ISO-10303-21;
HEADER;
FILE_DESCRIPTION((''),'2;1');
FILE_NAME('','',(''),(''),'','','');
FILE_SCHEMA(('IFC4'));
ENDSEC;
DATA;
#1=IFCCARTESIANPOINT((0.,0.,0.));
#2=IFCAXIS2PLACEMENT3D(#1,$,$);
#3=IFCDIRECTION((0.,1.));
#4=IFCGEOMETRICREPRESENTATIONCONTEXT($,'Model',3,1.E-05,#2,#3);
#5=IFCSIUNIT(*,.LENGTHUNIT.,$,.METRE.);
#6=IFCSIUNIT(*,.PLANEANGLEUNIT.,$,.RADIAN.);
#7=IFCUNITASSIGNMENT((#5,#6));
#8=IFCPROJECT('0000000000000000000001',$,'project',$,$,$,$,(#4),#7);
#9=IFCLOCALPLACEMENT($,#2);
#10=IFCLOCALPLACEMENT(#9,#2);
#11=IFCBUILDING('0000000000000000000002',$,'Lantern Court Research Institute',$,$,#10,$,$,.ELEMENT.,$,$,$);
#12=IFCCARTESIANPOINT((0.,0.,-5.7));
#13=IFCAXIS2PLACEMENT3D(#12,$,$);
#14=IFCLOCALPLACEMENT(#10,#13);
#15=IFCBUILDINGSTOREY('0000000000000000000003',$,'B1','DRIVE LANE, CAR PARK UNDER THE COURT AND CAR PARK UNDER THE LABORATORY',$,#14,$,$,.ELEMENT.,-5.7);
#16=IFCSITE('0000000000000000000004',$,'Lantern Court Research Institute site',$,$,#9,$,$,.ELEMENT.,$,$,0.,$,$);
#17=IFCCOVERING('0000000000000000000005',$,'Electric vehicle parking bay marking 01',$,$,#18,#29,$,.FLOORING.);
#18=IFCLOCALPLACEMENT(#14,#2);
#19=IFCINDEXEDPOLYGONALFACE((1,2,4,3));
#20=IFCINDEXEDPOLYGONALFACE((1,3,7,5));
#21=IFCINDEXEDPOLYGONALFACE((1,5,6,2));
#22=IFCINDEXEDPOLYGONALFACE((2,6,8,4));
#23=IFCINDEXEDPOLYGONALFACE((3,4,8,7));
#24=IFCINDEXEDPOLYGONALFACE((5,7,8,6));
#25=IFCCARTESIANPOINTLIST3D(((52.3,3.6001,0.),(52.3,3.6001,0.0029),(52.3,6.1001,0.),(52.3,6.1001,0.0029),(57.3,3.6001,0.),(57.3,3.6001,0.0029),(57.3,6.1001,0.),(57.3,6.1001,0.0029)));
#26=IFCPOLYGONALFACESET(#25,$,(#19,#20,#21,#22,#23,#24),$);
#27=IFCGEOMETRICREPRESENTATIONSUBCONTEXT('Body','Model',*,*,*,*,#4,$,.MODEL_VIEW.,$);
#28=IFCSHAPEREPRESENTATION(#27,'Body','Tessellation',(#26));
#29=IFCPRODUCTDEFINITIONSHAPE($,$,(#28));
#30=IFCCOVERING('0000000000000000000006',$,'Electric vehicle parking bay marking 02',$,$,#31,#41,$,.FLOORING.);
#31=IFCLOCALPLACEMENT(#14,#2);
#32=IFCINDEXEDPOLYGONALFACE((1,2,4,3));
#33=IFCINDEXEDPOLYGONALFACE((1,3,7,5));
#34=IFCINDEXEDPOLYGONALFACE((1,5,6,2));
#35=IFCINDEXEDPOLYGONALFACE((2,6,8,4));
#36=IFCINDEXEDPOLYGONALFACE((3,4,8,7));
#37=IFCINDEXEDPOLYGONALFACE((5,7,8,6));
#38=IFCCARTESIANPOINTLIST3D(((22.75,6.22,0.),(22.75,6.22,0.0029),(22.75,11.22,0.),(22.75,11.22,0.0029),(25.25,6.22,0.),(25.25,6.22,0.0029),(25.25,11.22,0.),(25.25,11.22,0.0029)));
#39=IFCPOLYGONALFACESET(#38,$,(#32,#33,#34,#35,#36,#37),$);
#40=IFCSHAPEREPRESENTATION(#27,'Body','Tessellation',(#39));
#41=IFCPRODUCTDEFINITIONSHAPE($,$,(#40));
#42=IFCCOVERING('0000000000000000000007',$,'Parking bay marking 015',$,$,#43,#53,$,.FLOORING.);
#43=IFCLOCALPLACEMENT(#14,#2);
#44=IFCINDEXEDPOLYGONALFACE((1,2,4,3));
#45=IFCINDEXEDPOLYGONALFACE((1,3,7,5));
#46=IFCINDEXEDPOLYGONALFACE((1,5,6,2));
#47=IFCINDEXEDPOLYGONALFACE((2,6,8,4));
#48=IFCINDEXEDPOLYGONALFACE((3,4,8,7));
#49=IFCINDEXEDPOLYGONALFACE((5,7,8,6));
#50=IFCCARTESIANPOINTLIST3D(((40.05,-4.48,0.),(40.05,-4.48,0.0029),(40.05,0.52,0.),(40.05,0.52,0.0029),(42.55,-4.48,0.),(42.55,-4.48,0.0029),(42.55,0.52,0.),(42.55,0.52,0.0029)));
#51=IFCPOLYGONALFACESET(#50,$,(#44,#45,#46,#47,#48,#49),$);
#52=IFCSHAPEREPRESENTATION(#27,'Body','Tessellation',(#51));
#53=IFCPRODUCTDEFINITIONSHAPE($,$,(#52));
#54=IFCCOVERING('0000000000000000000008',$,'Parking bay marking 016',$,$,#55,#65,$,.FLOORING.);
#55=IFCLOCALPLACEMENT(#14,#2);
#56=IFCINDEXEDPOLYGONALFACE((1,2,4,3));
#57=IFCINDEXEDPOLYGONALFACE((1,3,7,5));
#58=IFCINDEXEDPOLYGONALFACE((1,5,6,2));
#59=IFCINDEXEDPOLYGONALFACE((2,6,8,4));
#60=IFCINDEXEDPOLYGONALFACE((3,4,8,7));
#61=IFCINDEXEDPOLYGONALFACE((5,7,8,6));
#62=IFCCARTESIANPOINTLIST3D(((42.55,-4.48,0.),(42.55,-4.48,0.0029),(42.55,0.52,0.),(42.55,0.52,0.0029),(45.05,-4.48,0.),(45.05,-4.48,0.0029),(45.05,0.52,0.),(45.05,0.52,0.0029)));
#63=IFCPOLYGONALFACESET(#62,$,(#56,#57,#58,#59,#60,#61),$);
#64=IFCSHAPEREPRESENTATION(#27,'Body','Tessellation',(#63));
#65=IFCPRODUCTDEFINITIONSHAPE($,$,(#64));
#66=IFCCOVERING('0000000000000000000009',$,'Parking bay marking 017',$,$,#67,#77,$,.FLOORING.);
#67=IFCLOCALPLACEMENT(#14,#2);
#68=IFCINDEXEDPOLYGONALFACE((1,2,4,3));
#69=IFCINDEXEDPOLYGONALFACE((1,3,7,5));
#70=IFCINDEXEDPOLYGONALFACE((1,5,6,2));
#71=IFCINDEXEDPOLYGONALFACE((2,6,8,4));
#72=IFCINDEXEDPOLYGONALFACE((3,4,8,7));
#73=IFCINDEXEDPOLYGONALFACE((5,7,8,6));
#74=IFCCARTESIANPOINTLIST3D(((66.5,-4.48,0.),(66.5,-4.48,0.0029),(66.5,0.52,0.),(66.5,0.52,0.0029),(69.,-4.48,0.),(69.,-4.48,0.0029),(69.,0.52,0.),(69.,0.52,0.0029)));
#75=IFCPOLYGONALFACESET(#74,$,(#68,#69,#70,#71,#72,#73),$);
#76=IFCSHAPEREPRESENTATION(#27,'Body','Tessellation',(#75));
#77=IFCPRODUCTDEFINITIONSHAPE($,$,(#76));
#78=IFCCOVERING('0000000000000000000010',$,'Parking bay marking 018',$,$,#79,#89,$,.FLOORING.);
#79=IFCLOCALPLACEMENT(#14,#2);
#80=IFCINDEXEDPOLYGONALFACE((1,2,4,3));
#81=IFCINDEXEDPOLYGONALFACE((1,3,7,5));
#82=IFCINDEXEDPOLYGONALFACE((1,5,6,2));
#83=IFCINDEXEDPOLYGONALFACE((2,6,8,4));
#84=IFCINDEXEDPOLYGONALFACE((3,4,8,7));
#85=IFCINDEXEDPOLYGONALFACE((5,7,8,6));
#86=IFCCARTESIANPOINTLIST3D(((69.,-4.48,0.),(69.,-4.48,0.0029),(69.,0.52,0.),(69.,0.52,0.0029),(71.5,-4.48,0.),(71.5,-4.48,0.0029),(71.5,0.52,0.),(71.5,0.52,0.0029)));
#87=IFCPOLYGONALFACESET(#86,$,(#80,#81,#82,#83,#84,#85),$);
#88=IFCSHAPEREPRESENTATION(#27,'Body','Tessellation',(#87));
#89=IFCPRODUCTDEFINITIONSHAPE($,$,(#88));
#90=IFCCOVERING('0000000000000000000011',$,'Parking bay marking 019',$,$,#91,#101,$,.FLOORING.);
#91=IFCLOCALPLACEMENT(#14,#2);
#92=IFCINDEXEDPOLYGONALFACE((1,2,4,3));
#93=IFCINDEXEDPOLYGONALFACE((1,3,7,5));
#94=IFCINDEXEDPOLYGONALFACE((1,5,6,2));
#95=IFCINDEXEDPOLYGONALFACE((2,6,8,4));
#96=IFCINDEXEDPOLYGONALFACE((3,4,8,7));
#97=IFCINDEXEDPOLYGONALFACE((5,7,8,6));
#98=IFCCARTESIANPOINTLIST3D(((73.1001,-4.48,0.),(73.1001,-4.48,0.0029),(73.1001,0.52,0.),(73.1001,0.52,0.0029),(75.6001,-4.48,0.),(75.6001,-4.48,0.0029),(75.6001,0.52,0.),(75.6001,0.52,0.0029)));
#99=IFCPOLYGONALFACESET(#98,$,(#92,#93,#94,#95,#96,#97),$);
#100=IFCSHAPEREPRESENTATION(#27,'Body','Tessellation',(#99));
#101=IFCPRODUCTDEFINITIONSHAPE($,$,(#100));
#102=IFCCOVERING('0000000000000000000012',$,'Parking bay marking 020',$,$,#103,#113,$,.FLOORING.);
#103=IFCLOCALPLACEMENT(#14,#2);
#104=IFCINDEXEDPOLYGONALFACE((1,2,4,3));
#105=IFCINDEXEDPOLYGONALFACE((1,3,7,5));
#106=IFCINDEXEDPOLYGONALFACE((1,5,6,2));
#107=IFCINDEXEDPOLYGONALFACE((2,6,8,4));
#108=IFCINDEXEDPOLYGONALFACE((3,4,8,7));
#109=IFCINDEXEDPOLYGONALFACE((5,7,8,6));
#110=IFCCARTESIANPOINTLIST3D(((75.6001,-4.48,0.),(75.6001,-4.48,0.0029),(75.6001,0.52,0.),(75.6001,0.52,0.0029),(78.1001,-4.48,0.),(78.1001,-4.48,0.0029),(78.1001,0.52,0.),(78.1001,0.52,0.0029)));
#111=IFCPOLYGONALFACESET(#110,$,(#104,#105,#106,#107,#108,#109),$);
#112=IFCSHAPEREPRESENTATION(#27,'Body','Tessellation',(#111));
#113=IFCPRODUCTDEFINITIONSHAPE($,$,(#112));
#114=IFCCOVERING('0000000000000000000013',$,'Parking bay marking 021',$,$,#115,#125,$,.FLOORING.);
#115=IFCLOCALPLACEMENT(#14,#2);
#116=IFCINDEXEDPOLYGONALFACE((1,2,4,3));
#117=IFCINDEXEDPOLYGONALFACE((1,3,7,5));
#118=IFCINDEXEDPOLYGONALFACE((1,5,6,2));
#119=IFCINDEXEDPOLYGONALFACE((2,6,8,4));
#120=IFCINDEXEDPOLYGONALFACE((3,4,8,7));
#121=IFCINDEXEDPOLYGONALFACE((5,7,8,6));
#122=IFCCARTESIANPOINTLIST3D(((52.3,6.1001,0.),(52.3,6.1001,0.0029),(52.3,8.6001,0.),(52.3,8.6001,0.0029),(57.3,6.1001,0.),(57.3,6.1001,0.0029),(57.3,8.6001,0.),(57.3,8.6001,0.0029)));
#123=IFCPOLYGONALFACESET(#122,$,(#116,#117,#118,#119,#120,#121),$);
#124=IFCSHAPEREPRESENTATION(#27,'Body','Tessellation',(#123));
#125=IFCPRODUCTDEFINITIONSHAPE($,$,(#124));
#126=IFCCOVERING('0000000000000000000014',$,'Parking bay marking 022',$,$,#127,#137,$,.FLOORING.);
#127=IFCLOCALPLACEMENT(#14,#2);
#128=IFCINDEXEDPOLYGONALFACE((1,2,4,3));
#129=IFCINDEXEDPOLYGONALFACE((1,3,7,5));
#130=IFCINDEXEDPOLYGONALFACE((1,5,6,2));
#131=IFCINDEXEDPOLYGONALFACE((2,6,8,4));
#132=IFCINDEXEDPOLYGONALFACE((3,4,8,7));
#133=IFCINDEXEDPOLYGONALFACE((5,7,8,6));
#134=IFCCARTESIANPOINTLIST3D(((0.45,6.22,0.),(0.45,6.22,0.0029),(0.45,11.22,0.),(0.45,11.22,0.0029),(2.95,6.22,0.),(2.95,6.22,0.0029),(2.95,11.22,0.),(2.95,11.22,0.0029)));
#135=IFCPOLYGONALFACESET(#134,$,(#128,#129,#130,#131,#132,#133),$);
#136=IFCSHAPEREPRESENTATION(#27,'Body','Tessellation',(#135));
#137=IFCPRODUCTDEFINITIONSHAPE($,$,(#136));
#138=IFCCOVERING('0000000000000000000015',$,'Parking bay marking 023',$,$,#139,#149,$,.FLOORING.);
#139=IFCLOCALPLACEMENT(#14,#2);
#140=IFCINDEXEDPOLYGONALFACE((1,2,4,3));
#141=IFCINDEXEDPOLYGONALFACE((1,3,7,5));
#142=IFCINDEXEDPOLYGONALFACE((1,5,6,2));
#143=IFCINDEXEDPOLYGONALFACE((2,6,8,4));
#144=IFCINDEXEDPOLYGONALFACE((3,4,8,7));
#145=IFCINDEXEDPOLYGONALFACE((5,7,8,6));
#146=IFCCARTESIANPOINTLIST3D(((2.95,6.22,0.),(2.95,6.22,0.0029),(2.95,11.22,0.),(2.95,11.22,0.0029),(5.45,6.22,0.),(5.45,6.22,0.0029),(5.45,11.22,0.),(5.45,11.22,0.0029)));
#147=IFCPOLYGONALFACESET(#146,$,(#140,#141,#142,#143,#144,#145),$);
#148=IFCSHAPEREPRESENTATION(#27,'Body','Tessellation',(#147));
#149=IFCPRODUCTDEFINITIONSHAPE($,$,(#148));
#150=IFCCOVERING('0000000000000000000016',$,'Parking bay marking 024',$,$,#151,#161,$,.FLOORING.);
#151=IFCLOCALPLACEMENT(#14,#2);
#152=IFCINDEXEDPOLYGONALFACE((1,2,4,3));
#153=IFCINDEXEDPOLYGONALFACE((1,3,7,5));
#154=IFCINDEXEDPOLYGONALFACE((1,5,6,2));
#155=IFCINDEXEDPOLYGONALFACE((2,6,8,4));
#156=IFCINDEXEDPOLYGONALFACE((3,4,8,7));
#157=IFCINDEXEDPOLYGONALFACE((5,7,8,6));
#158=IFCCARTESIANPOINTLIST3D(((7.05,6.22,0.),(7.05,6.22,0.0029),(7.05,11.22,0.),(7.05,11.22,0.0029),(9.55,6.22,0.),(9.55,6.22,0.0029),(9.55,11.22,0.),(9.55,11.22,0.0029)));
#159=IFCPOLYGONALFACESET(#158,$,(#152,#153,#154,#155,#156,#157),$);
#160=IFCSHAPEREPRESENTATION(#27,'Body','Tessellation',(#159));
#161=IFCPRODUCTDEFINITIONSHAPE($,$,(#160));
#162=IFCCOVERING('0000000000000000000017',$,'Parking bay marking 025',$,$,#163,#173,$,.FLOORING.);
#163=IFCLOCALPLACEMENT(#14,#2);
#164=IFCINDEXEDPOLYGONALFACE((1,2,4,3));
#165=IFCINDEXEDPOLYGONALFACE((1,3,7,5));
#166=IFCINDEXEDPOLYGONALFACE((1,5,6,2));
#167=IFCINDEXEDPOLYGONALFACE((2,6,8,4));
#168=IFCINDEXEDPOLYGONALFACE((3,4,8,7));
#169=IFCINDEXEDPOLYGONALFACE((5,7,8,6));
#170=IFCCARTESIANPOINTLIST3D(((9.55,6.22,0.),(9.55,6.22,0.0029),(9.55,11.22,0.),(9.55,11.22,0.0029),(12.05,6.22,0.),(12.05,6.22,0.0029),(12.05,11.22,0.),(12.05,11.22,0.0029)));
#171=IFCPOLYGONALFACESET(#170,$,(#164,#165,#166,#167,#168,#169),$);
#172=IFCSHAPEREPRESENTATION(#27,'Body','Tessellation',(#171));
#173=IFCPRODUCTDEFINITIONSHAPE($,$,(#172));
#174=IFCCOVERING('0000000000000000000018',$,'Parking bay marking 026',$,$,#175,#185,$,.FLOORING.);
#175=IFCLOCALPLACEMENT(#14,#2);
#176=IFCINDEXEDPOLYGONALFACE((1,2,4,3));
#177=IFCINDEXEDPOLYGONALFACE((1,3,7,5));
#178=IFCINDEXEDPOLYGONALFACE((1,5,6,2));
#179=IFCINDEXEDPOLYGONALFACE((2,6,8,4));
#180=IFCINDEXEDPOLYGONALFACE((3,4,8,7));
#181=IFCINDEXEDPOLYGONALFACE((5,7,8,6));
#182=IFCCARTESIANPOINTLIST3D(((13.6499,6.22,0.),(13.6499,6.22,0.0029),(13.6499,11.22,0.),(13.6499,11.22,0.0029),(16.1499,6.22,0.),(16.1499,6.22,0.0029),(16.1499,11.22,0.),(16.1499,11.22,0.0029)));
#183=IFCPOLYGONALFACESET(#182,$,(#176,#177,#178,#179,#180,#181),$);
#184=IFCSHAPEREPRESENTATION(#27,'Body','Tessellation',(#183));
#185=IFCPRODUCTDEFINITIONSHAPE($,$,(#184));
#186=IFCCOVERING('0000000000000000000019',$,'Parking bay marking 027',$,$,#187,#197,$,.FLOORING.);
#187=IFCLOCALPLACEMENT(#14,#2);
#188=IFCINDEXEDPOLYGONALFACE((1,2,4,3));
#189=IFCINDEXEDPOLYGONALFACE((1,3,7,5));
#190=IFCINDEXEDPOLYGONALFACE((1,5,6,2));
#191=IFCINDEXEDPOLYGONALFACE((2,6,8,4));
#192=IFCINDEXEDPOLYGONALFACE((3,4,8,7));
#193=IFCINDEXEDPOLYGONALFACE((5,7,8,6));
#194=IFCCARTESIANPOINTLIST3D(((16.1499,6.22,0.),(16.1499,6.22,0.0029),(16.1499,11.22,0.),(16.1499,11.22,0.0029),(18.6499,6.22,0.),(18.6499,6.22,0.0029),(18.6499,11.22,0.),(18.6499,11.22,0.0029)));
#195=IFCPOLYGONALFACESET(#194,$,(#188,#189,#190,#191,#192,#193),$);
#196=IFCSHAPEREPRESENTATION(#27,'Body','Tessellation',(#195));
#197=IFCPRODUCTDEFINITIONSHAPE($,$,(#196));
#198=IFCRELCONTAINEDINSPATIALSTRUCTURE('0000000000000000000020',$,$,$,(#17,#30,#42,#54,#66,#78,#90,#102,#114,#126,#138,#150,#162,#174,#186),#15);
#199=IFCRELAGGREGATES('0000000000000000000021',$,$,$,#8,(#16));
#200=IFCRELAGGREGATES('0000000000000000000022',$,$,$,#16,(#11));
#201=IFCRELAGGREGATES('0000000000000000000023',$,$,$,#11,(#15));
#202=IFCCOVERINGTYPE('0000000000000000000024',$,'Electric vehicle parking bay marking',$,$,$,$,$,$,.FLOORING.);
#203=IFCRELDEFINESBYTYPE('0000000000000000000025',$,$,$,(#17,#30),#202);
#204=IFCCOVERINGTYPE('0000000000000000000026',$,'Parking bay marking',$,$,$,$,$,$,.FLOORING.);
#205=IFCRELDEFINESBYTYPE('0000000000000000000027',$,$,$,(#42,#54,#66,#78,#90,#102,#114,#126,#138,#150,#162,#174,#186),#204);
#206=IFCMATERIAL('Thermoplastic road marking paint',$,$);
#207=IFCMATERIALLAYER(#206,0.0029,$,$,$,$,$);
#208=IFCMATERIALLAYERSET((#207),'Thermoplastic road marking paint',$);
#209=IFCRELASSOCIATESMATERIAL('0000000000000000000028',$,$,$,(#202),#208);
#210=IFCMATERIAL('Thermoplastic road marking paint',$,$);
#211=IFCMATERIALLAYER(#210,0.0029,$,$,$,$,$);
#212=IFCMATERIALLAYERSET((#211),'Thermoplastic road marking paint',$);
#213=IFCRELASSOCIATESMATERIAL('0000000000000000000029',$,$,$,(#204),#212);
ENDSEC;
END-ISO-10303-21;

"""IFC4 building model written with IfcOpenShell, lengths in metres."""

from ifc_helpers import new_model, si_unit, direction, frame, origin, place, context, subcontext, project, spatial, polyline, outline, extrude, material, layer, layer_set, type_object, element, save


model = new_model("IFC4")

# Units and contexts
model_context = context("Model", 3, precision=1e-05, world=origin(), true_north=direction((0.0, 1.0)))
body_context = subcontext(model_context, "Body", "Model", "MODEL_VIEW")
ifc_project = project(units=[si_unit("LENGTHUNIT", "METRE"), si_unit("PLANEANGLEUNIT", "RADIAN")], contexts=[model_context])

# Site, building, storey
site_placement = place(None, origin())
site = spatial("IfcSite", under=ifc_project, at=site_placement, Name="Lantern Court Research Institute site", CompositionType="ELEMENT", RefElevation=0.0)
building_placement = place(site_placement, origin())
building = spatial("IfcBuilding", under=site, at=building_placement, Name="Lantern Court Research Institute", CompositionType="ELEMENT")
storey_placement = place(building_placement, frame((0.0, 0.0, -5.7)))
storey = spatial("IfcBuildingStorey", under=building, at=storey_placement, Name="B1", Description="DRIVE LANE, CAR PARK UNDER THE COURT AND CAR PARK UNDER THE LABORATORY", CompositionType="ELEMENT", Elevation=-5.7)

# Coverings
ifc_material_1 = material(Name="Thermoplastic road marking paint")
ifc_layer_1 = layer(ifc_material_1, 0.0029)
ifc_layer_set_1 = layer_set([ifc_layer_1], Name="Thermoplastic road marking paint")
covering_type_1 = type_object("IfcCoveringType", Name="Electric vehicle parking bay marking", PredefinedType="FLOORING", material=ifc_layer_set_1)
covering_1_placement = place(storey_placement, origin())
element("IfcCovering", 1, at=covering_1_placement, inside=storey, type_object=covering_type_1, Name="Electric vehicle parking bay marking 01", PredefinedType="FLOORING", context=body_context, shape_type="SweptSolid", body=[
    extrude(outline(polyline([(52.3, 3.6001), (57.3, 3.6001), (57.3, 6.1001), (52.3, 6.1001), (52.3, 3.6001)])), origin(), (0.0, 0.0, 1.0), 0.0029),
])
covering_2_placement = place(storey_placement, origin())
element("IfcCovering", 2, at=covering_2_placement, inside=storey, type_object=covering_type_1, Name="Electric vehicle parking bay marking 02", PredefinedType="FLOORING", context=body_context, shape_type="SweptSolid", body=[
    extrude(outline(polyline([(22.75, 6.22), (25.25, 6.22), (25.25, 11.22), (22.75, 11.22), (22.75, 6.22)])), origin(), (0.0, 0.0, 1.0), 0.0029),
])
ifc_material_2 = material(Name="Thermoplastic road marking paint")
ifc_layer_2 = layer(ifc_material_2, 0.0029)
ifc_layer_set_2 = layer_set([ifc_layer_2], Name="Thermoplastic road marking paint")
covering_type_2 = type_object("IfcCoveringType", Name="Parking bay marking", PredefinedType="FLOORING", material=ifc_layer_set_2)
covering_3_placement = place(storey_placement, origin())
element("IfcCovering", 3, at=covering_3_placement, inside=storey, type_object=covering_type_2, Name="Parking bay marking 015", PredefinedType="FLOORING", context=body_context, shape_type="SweptSolid", body=[
    extrude(outline(polyline([(40.05, -4.48), (42.55, -4.48), (42.55, 0.52), (40.05, 0.52), (40.05, -4.48)])), origin(), (0.0, 0.0, 1.0), 0.0029),
])
covering_4_placement = place(storey_placement, origin())
element("IfcCovering", 4, at=covering_4_placement, inside=storey, type_object=covering_type_2, Name="Parking bay marking 016", PredefinedType="FLOORING", context=body_context, shape_type="SweptSolid", body=[
    extrude(outline(polyline([(42.55, -4.48), (45.05, -4.48), (45.05, 0.52), (42.55, 0.52), (42.55, -4.48)])), origin(), (0.0, 0.0, 1.0), 0.0029),
])
covering_5_placement = place(storey_placement, origin())
element("IfcCovering", 5, at=covering_5_placement, inside=storey, type_object=covering_type_2, Name="Parking bay marking 017", PredefinedType="FLOORING", context=body_context, shape_type="SweptSolid", body=[
    extrude(outline(polyline([(66.5, -4.48), (69.0, -4.48), (69.0, 0.52), (66.5, 0.52), (66.5, -4.48)])), origin(), (0.0, 0.0, 1.0), 0.0029),
])
covering_6_placement = place(storey_placement, origin())
element("IfcCovering", 6, at=covering_6_placement, inside=storey, type_object=covering_type_2, Name="Parking bay marking 018", PredefinedType="FLOORING", context=body_context, shape_type="SweptSolid", body=[
    extrude(outline(polyline([(69.0, -4.48), (71.5, -4.48), (71.5, 0.52), (69.0, 0.52), (69.0, -4.48)])), origin(), (0.0, 0.0, 1.0), 0.0029),
])
covering_7_placement = place(storey_placement, origin())
element("IfcCovering", 7, at=covering_7_placement, inside=storey, type_object=covering_type_2, Name="Parking bay marking 019", PredefinedType="FLOORING", context=body_context, shape_type="SweptSolid", body=[
    extrude(outline(polyline([(73.1001, -4.48), (75.6001, -4.48), (75.6001, 0.52), (73.1001, 0.52), (73.1001, -4.48)])), origin(), (0.0, 0.0, 1.0), 0.0029),
])
covering_8_placement = place(storey_placement, origin())
element("IfcCovering", 8, at=covering_8_placement, inside=storey, type_object=covering_type_2, Name="Parking bay marking 020", PredefinedType="FLOORING", context=body_context, shape_type="SweptSolid", body=[
    extrude(outline(polyline([(75.6001, -4.48), (78.1001, -4.48), (78.1001, 0.52), (75.6001, 0.52), (75.6001, -4.48)])), origin(), (0.0, 0.0, 1.0), 0.0029),
])
covering_9_placement = place(storey_placement, origin())
element("IfcCovering", 9, at=covering_9_placement, inside=storey, type_object=covering_type_2, Name="Parking bay marking 021", PredefinedType="FLOORING", context=body_context, shape_type="SweptSolid", body=[
    extrude(outline(polyline([(52.3, 6.1001), (57.3, 6.1001), (57.3, 8.6001), (52.3, 8.6001), (52.3, 6.1001)])), origin(), (0.0, 0.0, 1.0), 0.0029),
])
covering_10_placement = place(storey_placement, origin())
element("IfcCovering", 10, at=covering_10_placement, inside=storey, type_object=covering_type_2, Name="Parking bay marking 022", PredefinedType="FLOORING", context=body_context, shape_type="SweptSolid", body=[
    extrude(outline(polyline([(0.45, 6.22), (2.95, 6.22), (2.95, 11.22), (0.45, 11.22), (0.45, 6.22)])), origin(), (0.0, 0.0, 1.0), 0.0029),
])
covering_11_placement = place(storey_placement, origin())
element("IfcCovering", 11, at=covering_11_placement, inside=storey, type_object=covering_type_2, Name="Parking bay marking 023", PredefinedType="FLOORING", context=body_context, shape_type="SweptSolid", body=[
    extrude(outline(polyline([(2.95, 6.22), (5.45, 6.22), (5.45, 11.22), (2.95, 11.22), (2.95, 6.22)])), origin(), (0.0, 0.0, 1.0), 0.0029),
])
covering_12_placement = place(storey_placement, origin())
element("IfcCovering", 12, at=covering_12_placement, inside=storey, type_object=covering_type_2, Name="Parking bay marking 024", PredefinedType="FLOORING", context=body_context, shape_type="SweptSolid", body=[
    extrude(outline(polyline([(7.05, 6.22), (9.55, 6.22), (9.55, 11.22), (7.05, 11.22), (7.05, 6.22)])), origin(), (0.0, 0.0, 1.0), 0.0029),
])
covering_13_placement = place(storey_placement, origin())
element("IfcCovering", 13, at=covering_13_placement, inside=storey, type_object=covering_type_2, Name="Parking bay marking 025", PredefinedType="FLOORING", context=body_context, shape_type="SweptSolid", body=[
    extrude(outline(polyline([(9.55, 6.22), (12.05, 6.22), (12.05, 11.22), (9.55, 11.22), (9.55, 6.22)])), origin(), (0.0, 0.0, 1.0), 0.0029),
])
covering_14_placement = place(storey_placement, origin())
element("IfcCovering", 14, at=covering_14_placement, inside=storey, type_object=covering_type_2, Name="Parking bay marking 026", PredefinedType="FLOORING", context=body_context, shape_type="SweptSolid", body=[
    extrude(outline(polyline([(13.6499, 6.22), (16.1499, 6.22), (16.1499, 11.22), (13.6499, 11.22), (13.6499, 6.22)])), origin(), (0.0, 0.0, 1.0), 0.0029),
])
covering_15_placement = place(storey_placement, origin())
element("IfcCovering", 15, at=covering_15_placement, inside=storey, type_object=covering_type_2, Name="Parking bay marking 027", PredefinedType="FLOORING", context=body_context, shape_type="SweptSolid", body=[
    extrude(outline(polyline([(16.1499, 6.22), (18.6499, 6.22), (18.6499, 11.22), (16.1499, 11.22), (16.1499, 6.22)])), origin(), (0.0, 0.0, 1.0), 0.0029),
])

save(model, "model.ifc")
